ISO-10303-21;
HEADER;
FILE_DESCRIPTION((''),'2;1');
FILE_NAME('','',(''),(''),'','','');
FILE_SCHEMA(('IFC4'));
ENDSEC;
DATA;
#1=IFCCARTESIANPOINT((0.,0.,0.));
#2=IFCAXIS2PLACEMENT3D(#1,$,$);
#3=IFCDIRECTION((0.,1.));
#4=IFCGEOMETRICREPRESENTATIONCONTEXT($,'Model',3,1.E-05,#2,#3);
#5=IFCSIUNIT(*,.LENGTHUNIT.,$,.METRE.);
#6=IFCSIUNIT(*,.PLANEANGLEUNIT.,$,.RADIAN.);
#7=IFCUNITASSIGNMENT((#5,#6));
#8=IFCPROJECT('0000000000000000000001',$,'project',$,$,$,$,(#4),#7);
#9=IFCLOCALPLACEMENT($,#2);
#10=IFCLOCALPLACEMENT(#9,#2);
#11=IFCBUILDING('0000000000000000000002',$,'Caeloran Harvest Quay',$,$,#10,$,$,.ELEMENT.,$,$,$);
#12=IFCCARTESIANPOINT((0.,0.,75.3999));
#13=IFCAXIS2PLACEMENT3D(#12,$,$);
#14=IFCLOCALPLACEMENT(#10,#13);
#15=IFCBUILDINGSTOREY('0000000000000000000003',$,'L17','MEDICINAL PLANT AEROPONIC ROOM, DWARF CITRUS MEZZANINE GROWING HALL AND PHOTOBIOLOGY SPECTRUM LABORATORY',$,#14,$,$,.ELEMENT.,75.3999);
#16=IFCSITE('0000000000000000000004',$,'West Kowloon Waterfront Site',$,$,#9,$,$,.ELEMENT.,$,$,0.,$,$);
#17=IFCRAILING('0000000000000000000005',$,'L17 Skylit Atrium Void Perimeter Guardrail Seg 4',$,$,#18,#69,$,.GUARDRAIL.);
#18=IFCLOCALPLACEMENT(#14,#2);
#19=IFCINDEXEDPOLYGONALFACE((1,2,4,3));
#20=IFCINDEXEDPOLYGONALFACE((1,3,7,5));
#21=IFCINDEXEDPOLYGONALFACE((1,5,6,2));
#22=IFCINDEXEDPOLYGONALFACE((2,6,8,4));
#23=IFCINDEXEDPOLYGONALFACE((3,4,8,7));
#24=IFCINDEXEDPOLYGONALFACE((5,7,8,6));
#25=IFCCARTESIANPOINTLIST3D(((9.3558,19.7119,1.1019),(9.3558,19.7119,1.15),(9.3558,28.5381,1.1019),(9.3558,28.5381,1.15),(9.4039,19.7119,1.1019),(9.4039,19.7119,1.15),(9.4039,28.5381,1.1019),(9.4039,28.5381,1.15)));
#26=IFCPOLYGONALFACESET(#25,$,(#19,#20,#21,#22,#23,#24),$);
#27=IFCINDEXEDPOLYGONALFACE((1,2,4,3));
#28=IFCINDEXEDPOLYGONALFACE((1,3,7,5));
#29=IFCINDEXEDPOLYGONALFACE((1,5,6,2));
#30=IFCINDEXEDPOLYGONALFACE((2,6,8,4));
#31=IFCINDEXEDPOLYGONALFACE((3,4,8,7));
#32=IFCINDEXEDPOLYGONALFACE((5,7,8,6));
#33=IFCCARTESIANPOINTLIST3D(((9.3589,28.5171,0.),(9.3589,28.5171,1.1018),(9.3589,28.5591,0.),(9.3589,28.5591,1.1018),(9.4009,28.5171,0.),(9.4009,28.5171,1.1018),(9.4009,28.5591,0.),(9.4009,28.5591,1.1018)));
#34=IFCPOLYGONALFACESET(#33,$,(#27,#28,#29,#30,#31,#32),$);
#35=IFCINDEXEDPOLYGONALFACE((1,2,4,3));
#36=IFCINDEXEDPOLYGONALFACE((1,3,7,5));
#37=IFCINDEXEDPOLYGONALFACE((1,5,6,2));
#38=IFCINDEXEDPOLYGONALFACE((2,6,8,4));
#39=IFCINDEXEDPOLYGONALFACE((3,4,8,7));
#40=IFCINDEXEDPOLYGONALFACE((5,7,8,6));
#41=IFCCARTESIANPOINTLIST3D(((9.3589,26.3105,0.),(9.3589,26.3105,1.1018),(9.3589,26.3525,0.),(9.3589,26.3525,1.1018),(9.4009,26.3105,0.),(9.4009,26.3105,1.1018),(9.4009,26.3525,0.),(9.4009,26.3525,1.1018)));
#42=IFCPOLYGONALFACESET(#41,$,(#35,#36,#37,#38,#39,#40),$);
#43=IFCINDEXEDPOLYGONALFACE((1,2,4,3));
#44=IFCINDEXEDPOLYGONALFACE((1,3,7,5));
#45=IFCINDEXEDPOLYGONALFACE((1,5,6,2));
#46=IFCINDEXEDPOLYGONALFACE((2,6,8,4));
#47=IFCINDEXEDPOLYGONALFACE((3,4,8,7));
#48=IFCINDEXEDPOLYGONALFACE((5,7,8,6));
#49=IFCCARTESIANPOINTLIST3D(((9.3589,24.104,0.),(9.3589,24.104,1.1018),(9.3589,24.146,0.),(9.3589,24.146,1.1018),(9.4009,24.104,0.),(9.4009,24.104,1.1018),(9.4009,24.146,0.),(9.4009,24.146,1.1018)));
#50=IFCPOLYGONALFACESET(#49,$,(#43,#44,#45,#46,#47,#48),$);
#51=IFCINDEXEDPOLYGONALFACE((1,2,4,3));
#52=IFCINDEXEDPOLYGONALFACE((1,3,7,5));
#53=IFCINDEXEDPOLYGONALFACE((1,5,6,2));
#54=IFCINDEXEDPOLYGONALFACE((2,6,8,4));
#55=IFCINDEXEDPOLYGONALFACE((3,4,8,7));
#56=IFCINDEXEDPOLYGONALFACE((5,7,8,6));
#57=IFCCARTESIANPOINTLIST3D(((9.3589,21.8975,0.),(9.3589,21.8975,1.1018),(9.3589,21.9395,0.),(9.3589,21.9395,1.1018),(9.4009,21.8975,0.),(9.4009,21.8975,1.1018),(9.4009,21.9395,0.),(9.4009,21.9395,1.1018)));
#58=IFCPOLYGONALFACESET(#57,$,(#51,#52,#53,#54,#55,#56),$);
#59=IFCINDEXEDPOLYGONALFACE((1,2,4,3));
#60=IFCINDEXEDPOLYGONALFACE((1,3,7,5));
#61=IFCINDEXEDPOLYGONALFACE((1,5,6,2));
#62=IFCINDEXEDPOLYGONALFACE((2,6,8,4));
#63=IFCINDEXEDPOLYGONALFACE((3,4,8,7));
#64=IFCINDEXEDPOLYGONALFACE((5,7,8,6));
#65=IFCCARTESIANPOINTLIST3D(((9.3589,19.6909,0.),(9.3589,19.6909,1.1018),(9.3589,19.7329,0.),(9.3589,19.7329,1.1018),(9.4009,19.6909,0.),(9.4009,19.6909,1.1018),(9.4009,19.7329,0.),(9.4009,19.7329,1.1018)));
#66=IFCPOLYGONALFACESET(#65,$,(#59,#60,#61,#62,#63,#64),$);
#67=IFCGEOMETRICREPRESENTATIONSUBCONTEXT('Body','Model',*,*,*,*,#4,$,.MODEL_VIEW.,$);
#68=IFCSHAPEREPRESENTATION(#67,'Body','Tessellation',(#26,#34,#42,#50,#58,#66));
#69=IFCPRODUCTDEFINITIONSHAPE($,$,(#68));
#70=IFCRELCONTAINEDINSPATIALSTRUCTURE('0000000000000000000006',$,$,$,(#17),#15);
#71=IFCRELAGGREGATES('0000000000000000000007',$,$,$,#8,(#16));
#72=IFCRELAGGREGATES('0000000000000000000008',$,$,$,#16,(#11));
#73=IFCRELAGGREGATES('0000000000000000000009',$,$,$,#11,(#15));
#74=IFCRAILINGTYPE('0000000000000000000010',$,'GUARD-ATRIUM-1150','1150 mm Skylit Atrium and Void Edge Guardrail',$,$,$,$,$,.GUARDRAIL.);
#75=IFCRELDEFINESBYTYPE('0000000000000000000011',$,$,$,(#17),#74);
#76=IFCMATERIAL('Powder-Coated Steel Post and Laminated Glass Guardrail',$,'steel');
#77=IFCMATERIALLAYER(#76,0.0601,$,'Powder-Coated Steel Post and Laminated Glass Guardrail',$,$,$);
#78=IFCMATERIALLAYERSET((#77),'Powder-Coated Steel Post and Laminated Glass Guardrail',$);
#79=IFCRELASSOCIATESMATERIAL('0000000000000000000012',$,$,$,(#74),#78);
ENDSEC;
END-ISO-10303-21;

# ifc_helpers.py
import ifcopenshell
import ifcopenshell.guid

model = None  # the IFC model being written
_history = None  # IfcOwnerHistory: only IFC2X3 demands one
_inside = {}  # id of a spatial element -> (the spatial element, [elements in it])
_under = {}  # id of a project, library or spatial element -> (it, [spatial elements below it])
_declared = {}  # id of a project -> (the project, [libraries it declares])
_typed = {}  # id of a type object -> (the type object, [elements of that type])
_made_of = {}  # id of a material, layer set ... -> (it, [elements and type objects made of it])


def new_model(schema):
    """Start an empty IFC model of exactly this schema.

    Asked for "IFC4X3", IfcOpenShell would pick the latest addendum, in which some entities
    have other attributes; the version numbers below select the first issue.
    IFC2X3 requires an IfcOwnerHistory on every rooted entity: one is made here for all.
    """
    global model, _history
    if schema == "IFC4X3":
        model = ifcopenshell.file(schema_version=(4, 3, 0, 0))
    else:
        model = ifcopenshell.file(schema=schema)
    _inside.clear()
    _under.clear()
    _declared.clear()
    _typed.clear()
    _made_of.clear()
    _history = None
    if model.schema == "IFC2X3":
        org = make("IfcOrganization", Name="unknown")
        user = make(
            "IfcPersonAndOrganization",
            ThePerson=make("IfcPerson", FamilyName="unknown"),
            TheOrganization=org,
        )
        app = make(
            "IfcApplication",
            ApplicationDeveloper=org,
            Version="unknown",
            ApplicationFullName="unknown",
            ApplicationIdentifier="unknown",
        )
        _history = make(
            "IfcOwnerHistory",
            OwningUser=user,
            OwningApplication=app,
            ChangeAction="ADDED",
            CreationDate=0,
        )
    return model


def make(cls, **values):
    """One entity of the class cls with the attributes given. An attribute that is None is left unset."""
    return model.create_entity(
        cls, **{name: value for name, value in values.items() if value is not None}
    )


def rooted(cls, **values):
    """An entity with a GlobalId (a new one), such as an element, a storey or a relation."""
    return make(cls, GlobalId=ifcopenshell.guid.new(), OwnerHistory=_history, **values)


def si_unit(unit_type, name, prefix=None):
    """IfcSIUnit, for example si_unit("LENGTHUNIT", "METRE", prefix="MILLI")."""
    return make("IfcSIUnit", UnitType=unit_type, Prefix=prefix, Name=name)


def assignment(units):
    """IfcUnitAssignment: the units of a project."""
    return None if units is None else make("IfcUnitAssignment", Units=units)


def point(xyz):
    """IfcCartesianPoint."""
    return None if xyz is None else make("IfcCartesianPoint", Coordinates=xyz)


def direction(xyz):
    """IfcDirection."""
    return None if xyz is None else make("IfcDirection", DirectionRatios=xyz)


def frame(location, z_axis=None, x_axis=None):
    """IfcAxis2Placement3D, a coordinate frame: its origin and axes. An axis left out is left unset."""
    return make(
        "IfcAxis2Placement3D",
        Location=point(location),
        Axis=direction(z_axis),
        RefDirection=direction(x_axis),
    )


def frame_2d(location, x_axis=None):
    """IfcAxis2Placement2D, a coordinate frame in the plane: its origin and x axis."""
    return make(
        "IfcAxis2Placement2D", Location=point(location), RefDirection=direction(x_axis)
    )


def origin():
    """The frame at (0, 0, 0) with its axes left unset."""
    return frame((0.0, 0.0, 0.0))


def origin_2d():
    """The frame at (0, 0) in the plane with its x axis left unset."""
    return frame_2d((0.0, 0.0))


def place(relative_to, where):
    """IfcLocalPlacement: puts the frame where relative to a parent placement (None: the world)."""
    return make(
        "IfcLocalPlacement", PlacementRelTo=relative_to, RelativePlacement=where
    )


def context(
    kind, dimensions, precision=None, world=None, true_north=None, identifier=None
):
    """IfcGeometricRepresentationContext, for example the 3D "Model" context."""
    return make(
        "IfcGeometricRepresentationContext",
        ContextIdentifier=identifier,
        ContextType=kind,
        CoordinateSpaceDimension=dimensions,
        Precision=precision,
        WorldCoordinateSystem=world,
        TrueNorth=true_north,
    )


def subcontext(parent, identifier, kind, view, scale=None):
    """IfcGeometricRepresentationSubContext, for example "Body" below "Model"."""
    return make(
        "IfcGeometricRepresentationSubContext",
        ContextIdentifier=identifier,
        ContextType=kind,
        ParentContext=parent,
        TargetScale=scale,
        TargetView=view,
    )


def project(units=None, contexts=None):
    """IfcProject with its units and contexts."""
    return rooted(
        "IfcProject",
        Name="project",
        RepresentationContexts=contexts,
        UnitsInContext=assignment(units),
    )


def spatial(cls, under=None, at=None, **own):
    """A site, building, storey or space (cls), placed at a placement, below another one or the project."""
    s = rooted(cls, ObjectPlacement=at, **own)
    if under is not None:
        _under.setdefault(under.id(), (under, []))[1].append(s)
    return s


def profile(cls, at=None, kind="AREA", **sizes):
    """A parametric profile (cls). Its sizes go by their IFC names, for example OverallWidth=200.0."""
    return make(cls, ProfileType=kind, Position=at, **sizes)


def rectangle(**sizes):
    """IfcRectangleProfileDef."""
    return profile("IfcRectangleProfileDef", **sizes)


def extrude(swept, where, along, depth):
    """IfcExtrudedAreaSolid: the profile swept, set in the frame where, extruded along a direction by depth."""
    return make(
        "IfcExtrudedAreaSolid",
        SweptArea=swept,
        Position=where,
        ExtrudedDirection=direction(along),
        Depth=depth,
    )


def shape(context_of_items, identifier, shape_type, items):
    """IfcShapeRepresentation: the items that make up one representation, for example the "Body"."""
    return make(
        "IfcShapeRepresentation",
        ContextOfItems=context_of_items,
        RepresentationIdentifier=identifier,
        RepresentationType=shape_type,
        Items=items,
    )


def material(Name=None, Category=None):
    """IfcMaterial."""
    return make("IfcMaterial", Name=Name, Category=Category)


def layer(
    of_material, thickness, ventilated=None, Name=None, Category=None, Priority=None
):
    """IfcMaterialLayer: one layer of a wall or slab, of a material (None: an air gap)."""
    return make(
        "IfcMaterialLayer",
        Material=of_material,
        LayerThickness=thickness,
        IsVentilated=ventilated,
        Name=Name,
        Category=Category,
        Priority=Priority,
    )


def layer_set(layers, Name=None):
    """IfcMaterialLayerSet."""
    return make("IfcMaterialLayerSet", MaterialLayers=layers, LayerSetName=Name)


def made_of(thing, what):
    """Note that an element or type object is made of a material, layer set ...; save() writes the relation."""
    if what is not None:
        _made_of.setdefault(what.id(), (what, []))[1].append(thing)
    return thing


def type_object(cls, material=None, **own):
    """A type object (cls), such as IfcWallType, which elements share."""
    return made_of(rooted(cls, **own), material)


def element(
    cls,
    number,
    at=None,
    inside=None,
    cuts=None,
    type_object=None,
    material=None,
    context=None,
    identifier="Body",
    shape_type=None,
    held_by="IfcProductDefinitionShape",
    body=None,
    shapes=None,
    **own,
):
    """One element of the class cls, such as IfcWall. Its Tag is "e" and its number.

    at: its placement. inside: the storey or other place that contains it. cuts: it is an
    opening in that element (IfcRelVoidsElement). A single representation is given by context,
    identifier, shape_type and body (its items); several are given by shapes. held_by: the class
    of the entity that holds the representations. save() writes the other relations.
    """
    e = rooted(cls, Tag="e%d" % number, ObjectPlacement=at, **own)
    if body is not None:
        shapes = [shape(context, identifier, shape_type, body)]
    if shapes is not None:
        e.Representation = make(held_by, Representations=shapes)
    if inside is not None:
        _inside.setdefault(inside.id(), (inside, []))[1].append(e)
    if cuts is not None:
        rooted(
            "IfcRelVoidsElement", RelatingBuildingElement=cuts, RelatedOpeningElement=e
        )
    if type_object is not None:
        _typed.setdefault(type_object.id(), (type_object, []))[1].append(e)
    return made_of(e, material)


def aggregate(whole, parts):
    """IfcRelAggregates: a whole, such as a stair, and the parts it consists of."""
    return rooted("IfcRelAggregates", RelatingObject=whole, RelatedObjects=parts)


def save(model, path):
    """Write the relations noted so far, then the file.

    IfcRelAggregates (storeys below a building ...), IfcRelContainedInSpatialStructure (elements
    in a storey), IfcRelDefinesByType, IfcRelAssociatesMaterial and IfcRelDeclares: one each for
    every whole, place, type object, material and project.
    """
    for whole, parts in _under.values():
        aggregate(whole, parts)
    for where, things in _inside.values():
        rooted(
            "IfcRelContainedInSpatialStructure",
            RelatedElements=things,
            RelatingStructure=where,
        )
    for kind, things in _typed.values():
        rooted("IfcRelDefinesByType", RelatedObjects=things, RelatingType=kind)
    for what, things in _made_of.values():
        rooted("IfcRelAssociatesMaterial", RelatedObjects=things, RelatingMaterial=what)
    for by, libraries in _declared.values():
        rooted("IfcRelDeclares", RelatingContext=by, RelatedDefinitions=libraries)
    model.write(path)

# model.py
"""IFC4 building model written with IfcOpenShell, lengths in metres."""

from ifc_helpers import new_model, si_unit, direction, frame, origin, origin_2d, place, context, subcontext, project, spatial, rectangle, extrude, material, layer, layer_set, type_object, element, save


model = new_model("IFC4")

# Units and contexts
model_context = context("Model", 3, precision=1e-05, world=origin(), true_north=direction((0.0, 1.0)))
body_context = subcontext(model_context, "Body", "Model", "MODEL_VIEW")
ifc_project = project(units=[si_unit("LENGTHUNIT", "METRE"), si_unit("PLANEANGLEUNIT", "RADIAN")], contexts=[model_context])

# Site, building, storey
site_placement = place(None, origin())
site = spatial("IfcSite", under=ifc_project, at=site_placement, Name="West Kowloon Waterfront Site", CompositionType="ELEMENT", RefElevation=0.0)
building_placement = place(site_placement, origin())
building = spatial("IfcBuilding", under=site, at=building_placement, Name="Caeloran Harvest Quay", CompositionType="ELEMENT")
storey_placement = place(building_placement, frame((0.0, 0.0, 75.3999)))
storey = spatial("IfcBuildingStorey", under=building, at=storey_placement, Name="L17", Description="MEDICINAL PLANT AEROPONIC ROOM, DWARF CITRUS MEZZANINE GROWING HALL AND PHOTOBIOLOGY SPECTRUM LABORATORY", CompositionType="ELEMENT", Elevation=75.3999)

# Railing
ifc_material_1 = material(Name="Powder-Coated Steel Post and Laminated Glass Guardrail", Category="steel")
ifc_layer_1 = layer(ifc_material_1, 0.0601, Name="Powder-Coated Steel Post and Laminated Glass Guardrail")
ifc_layer_set_1 = layer_set([ifc_layer_1], Name="Powder-Coated Steel Post and Laminated Glass Guardrail")
railing_type = type_object("IfcRailingType", Name="GUARD-ATRIUM-1150", Description="1150 mm Skylit Atrium and Void Edge Guardrail", PredefinedType="GUARDRAIL", material=ifc_layer_set_1)
railing_placement = place(storey_placement, frame((9.3799, 28.5381, 0.0)))
element("IfcRailing", 1, at=railing_placement, inside=storey, type_object=railing_type, Name="L17 Skylit Atrium Void Perimeter Guardrail Seg 4", PredefinedType="GUARDRAIL", context=body_context, shape_type="SweptSolid", body=[
    extrude(rectangle(XDim=0.0481, YDim=0.0481, at=origin_2d()), frame((0.0, 0.0, 1.126), z_axis=(0.0, -1.0, 0.0), x_axis=(1.0, 0.0, 0.0)), (0.0, 0.0, 1.0), 8.8262),
    extrude(rectangle(XDim=0.042, YDim=0.042, at=origin_2d()), origin(), (0.0, 0.0, 1.0), 1.1018),
    extrude(rectangle(XDim=0.042, YDim=0.042, at=origin_2d()), frame((0.0, -2.2065, 0.0)), (0.0, 0.0, 1.0), 1.1018),
    extrude(rectangle(XDim=0.042, YDim=0.042, at=origin_2d()), frame((0.0, -4.4131, 0.0)), (0.0, 0.0, 1.0), 1.1018),
    extrude(rectangle(XDim=0.042, YDim=0.042, at=origin_2d()), frame((0.0, -6.6196, 0.0)), (0.0, 0.0, 1.0), 1.1018),
    extrude(rectangle(XDim=0.042, YDim=0.042, at=origin_2d()), frame((0.0, -8.8262, 0.0)), (0.0, 0.0, 1.0), 1.1018),
])

save(model, "model.ifc")
